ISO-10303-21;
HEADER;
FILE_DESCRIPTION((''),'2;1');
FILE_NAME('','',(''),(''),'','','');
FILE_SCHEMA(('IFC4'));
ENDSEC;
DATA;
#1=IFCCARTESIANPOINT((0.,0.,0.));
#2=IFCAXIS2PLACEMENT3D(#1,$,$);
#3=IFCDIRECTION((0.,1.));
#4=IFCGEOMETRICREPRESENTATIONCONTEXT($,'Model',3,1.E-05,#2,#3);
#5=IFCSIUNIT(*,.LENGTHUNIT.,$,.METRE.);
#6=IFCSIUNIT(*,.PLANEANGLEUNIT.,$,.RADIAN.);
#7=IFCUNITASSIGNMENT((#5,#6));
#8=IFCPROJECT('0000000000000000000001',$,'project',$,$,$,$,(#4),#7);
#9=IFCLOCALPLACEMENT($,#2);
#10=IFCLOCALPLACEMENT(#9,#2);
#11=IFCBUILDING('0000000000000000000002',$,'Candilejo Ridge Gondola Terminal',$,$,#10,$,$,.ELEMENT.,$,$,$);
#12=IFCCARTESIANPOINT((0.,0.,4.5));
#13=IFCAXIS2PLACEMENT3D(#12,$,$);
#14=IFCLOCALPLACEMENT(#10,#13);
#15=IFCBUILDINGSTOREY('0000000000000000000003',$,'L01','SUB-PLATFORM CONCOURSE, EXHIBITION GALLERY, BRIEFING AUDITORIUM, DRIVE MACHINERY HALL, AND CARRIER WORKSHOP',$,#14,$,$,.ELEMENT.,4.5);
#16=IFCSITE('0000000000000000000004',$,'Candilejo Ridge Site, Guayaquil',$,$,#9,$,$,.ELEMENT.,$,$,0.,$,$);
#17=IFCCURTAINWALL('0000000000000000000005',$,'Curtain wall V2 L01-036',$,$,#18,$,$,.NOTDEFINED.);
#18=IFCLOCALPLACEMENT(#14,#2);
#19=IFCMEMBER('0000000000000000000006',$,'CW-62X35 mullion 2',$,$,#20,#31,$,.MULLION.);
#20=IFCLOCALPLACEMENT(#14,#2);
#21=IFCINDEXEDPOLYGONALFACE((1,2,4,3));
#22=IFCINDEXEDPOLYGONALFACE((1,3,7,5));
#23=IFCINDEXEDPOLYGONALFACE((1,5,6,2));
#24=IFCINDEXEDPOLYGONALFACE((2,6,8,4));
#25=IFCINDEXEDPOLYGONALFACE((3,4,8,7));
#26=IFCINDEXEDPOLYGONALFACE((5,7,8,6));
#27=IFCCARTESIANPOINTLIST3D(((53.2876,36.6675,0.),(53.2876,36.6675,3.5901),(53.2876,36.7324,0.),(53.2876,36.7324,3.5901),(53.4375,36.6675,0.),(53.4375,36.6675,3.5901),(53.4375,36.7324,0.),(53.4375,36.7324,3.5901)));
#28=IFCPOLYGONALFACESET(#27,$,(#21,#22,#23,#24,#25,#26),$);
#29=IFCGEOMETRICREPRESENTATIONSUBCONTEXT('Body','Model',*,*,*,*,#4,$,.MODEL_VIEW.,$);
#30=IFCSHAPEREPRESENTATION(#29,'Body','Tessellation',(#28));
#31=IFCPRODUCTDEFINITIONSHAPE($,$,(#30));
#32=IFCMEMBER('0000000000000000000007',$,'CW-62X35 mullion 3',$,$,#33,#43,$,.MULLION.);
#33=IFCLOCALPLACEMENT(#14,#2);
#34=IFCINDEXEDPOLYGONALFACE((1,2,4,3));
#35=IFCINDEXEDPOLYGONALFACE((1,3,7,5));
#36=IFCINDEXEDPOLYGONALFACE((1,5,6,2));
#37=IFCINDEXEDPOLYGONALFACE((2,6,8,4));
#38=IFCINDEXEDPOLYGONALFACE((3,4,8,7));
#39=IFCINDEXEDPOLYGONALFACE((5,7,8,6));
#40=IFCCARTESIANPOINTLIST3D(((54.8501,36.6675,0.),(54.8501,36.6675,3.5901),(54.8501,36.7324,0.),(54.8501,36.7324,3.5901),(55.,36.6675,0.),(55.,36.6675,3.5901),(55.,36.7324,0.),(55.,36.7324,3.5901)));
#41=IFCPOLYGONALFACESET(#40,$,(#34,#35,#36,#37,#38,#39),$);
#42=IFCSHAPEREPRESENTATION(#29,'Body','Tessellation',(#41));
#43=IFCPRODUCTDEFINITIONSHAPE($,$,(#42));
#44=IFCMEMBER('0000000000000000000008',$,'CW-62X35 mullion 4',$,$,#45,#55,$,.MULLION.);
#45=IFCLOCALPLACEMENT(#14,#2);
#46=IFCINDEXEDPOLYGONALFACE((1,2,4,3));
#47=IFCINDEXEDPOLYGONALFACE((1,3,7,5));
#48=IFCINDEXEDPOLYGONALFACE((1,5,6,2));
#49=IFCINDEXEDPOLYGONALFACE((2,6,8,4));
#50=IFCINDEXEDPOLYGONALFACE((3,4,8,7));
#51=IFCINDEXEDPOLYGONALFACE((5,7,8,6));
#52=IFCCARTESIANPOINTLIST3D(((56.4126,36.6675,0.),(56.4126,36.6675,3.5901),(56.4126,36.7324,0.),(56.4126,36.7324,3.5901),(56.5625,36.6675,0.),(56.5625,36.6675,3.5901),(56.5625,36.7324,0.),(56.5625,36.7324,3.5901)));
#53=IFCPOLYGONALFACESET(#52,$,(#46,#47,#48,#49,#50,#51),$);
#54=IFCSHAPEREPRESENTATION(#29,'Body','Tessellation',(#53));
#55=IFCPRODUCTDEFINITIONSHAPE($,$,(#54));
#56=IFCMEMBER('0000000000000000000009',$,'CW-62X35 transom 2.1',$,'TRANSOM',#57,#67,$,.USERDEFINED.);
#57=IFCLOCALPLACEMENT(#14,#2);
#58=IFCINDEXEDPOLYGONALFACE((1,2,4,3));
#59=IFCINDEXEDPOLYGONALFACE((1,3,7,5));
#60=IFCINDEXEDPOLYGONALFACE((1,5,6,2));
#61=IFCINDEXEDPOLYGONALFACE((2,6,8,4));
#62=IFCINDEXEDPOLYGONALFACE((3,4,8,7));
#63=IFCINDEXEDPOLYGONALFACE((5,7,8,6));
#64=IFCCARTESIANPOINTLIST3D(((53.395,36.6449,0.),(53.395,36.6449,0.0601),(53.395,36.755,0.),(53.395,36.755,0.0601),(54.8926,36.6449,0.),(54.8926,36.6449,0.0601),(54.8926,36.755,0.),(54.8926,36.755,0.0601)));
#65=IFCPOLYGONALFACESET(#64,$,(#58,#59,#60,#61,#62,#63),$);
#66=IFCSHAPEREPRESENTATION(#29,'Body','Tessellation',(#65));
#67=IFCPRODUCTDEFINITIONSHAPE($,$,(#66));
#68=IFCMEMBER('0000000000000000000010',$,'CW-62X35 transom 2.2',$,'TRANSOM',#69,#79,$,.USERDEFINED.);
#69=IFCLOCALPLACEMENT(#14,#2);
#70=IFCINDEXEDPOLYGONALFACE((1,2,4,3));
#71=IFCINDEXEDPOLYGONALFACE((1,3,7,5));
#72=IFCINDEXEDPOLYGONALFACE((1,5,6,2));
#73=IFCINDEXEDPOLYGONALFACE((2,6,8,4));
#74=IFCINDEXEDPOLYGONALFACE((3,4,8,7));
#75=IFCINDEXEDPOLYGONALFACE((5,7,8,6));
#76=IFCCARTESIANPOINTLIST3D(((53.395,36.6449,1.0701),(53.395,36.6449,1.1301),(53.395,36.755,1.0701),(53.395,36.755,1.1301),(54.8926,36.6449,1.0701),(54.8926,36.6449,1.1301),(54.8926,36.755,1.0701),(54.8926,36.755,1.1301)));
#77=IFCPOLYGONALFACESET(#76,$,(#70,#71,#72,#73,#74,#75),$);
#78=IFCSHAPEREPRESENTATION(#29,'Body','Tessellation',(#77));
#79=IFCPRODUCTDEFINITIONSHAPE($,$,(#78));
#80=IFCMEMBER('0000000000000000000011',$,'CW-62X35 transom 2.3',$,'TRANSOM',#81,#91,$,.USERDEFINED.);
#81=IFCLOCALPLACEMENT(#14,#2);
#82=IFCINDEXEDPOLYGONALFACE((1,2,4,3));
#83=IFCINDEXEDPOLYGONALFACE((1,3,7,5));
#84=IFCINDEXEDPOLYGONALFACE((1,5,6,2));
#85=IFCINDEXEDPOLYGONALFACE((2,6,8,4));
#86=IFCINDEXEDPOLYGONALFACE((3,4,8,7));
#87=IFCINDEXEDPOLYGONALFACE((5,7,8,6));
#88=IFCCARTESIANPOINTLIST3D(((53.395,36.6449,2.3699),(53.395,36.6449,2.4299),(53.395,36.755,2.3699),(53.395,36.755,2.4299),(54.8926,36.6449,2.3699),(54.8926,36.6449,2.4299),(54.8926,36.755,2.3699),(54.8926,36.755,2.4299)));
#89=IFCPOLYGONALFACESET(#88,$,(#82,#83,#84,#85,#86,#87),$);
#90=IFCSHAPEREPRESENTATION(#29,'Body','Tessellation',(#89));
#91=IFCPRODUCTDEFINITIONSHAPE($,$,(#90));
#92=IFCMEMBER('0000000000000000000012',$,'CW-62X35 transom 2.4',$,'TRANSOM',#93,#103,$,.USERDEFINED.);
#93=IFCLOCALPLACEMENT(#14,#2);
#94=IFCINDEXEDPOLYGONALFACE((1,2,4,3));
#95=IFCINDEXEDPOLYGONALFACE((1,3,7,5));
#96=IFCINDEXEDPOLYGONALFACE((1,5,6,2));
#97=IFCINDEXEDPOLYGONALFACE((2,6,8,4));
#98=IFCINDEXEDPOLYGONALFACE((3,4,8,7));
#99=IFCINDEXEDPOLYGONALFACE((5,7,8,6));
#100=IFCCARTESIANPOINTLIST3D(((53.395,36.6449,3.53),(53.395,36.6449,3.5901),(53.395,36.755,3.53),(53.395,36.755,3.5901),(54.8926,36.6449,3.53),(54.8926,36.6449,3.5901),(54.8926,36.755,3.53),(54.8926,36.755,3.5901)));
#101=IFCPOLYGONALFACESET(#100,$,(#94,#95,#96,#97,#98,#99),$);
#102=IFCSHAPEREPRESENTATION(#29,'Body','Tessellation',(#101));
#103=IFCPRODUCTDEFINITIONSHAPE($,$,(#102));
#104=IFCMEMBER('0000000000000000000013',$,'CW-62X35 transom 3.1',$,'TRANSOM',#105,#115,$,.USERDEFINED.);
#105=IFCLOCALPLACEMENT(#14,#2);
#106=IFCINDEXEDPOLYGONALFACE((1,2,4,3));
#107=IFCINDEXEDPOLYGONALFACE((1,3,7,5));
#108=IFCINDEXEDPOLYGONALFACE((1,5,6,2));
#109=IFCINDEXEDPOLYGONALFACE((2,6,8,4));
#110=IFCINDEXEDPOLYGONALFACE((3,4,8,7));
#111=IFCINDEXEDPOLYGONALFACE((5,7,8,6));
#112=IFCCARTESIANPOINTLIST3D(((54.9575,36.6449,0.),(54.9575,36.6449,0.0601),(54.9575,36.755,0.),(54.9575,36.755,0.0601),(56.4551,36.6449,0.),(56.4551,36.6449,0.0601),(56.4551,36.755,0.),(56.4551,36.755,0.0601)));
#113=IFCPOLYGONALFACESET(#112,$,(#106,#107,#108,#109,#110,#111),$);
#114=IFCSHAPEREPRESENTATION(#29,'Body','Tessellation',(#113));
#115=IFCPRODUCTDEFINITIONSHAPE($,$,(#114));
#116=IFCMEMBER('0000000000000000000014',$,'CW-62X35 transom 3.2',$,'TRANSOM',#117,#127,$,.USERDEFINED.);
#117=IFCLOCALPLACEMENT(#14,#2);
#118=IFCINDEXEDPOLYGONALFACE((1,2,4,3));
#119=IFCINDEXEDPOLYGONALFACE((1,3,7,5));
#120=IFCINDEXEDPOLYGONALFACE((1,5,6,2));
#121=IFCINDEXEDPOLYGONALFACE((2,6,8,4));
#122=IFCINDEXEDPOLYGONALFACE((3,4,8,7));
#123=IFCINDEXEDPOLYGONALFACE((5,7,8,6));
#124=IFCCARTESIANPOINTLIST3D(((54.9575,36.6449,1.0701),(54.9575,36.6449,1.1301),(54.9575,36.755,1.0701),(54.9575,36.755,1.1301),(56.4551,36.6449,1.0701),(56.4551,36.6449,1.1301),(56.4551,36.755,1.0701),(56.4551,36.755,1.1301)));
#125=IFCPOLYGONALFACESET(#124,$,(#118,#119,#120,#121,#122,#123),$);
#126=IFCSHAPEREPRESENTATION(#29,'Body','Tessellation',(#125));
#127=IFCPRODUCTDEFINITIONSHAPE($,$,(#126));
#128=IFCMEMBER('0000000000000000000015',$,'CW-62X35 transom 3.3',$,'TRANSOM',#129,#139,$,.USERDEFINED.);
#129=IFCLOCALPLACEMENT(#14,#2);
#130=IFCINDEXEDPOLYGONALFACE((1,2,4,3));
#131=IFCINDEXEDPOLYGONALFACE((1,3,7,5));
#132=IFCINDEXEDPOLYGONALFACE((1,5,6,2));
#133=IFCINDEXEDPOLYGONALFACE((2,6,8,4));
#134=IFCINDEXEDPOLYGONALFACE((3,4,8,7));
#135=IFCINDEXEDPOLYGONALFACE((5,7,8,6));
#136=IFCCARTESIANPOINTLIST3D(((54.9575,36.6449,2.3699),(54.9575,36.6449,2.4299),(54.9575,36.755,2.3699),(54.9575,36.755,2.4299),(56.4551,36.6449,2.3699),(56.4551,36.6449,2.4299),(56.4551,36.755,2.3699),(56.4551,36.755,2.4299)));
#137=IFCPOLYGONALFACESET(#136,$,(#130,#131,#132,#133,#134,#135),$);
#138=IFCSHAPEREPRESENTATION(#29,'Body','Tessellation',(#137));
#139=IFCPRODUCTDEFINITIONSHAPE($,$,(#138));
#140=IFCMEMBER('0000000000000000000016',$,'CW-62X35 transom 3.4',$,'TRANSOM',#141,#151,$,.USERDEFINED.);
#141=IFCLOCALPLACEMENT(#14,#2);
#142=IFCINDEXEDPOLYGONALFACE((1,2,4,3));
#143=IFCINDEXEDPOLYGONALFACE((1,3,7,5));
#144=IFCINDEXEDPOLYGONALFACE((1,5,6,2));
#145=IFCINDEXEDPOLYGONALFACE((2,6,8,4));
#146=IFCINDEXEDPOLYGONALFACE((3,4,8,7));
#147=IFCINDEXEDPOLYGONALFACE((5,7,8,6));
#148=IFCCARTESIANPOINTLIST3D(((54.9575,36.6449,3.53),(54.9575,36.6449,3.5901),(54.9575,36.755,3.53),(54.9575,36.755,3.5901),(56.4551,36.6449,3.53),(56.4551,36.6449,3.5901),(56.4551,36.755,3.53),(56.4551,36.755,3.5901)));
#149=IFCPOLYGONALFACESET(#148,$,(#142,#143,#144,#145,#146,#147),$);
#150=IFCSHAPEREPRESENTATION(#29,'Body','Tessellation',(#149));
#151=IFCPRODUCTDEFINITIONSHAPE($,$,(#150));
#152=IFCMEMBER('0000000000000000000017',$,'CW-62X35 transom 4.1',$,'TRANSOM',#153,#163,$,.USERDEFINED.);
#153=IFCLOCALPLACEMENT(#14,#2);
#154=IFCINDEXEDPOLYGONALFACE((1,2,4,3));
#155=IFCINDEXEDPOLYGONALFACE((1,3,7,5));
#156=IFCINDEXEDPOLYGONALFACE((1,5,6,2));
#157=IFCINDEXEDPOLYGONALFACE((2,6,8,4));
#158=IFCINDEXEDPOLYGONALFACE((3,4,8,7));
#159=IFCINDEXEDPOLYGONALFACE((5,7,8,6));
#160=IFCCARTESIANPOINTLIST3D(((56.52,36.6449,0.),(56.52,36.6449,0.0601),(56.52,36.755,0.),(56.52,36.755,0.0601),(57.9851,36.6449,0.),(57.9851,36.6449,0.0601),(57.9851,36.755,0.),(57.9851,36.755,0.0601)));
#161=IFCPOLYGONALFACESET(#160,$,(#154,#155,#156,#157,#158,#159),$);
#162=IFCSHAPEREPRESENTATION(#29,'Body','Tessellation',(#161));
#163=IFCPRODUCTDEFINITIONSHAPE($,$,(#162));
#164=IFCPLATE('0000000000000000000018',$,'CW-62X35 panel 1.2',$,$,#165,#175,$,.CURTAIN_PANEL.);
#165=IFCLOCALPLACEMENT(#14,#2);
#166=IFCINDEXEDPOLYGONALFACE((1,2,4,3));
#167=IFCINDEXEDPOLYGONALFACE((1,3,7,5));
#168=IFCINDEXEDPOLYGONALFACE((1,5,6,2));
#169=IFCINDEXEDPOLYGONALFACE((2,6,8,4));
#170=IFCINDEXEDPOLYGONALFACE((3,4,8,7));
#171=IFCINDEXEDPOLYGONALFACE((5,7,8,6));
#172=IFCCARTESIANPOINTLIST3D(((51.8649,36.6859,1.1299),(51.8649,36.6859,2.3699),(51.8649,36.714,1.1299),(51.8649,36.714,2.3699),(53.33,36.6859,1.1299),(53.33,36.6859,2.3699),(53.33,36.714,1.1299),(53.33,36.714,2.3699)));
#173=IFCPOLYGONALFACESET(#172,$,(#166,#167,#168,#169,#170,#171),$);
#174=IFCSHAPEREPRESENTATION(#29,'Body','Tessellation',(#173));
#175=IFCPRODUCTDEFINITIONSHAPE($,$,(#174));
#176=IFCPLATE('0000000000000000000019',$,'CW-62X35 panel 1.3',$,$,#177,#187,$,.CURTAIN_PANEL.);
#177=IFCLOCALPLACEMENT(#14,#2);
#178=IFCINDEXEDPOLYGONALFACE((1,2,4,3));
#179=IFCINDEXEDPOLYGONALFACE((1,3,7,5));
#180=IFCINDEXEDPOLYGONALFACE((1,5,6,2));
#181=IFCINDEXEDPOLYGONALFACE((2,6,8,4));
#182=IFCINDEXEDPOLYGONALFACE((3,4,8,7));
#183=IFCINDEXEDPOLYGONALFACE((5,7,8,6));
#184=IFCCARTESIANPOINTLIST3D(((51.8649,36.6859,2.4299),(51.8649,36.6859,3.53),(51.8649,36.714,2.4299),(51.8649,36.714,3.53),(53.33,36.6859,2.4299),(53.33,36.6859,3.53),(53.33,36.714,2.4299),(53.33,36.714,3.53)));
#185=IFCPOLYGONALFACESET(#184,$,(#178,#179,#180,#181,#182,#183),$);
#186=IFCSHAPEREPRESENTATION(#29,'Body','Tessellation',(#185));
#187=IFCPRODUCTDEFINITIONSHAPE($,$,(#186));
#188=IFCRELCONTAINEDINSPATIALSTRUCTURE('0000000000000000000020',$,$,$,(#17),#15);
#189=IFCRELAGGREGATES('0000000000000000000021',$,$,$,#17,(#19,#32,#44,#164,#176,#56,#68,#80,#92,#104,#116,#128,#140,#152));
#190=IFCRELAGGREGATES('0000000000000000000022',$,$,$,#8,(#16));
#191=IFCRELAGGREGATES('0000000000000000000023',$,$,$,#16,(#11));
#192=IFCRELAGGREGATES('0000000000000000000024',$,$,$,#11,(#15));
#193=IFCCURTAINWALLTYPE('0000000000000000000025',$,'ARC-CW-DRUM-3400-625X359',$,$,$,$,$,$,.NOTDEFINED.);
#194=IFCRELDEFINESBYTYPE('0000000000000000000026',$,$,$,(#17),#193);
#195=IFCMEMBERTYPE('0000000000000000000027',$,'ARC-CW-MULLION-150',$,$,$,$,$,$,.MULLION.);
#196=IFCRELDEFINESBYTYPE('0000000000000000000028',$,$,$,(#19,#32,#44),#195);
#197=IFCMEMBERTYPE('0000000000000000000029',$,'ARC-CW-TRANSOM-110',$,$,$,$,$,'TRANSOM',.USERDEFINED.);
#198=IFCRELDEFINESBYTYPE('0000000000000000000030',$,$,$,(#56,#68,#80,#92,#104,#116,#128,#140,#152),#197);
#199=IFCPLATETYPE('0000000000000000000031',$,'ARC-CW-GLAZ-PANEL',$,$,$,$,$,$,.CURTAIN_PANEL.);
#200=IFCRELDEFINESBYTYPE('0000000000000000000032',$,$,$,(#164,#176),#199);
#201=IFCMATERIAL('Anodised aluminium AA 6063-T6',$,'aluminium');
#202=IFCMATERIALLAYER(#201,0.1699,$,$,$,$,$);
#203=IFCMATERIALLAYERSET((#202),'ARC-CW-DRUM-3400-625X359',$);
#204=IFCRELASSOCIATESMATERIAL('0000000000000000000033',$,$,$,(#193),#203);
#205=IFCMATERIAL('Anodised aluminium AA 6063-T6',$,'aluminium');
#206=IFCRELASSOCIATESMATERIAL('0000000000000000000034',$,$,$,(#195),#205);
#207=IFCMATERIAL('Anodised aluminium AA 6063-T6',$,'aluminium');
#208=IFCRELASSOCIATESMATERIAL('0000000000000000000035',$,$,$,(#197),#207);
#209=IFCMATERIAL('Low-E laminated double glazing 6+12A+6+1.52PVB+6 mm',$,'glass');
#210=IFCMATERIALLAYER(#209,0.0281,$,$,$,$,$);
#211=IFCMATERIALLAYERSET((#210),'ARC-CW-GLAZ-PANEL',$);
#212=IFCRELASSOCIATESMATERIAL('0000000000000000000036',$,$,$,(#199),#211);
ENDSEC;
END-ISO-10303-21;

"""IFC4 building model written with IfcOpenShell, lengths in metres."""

from ifc_helpers import new_model, si_unit, direction, frame, origin, origin_2d, place, context, subcontext, project, spatial, rectangle, extrude, material, layer, layer_set, material_profile, profile_set, type_object, element, aggregate, save


model = new_model("IFC4")

# Units and contexts
model_context = context("Model", 3, precision=1e-05, world=origin(), true_north=direction((0.0, 1.0)))
body_context = subcontext(model_context, "Body", "Model", "MODEL_VIEW")
ifc_project = project(units=[si_unit("LENGTHUNIT", "METRE"), si_unit("PLANEANGLEUNIT", "RADIAN")], contexts=[model_context])

# Site, building, storey
site_placement = place(None, origin())
site = spatial("IfcSite", under=ifc_project, at=site_placement, Name="Candilejo Ridge Site, Guayaquil", CompositionType="ELEMENT", RefElevation=0.0)
building_placement = place(site_placement, origin())
building = spatial("IfcBuilding", under=site, at=building_placement, Name="Candilejo Ridge Gondola Terminal", CompositionType="ELEMENT")
storey_placement = place(building_placement, frame((0.0, 0.0, 4.5)))
storey = spatial("IfcBuildingStorey", under=building, at=storey_placement, Name="L01", Description="SUB-PLATFORM CONCOURSE, EXHIBITION GALLERY, BRIEFING AUDITORIUM, DRIVE MACHINERY HALL, AND CARRIER WORKSHOP", CompositionType="ELEMENT", Elevation=4.5)

# Curtain wall, members, plates
ifc_material_1 = material(Name="Anodised aluminium AA 6063-T6", Category="aluminium")
ifc_layer_1 = layer(ifc_material_1, 0.1699)
ifc_layer_set_1 = layer_set([ifc_layer_1], Name="ARC-CW-DRUM-3400-625X359")
curtain_wall_type = type_object("IfcCurtainWallType", Name="ARC-CW-DRUM-3400-625X359", PredefinedType="NOTDEFINED", material=ifc_layer_set_1)
curtain_wall_placement = place(storey_placement, origin())
curtain_wall = element("IfcCurtainWall", 1, at=curtain_wall_placement, inside=storey, type_object=curtain_wall_type, Name="Curtain wall V2 L01-036", PredefinedType="NOTDEFINED")
ifc_material_2 = material(Name="Anodised aluminium AA 6063-T6", Category="aluminium")
ifc_material_profile_1 = material_profile(ifc_material_2, rectangle(XDim=0.0649, YDim=0.1499, at=origin_2d()))
ifc_profile_set_1 = profile_set([ifc_material_profile_1], Name="Anodised aluminium AA 6063-T6")
member_type_1 = type_object("IfcMemberType", Name="ARC-CW-MULLION-150", PredefinedType="MULLION", material=ifc_profile_set_1)
member_1_placement = place(storey_placement, frame((53.3625, 36.7, 0.0), z_axis=(0.0, 0.0, 1.0), x_axis=(0.0, 1.0, 0.0)))
member_1 = element("IfcMember", 2, at=member_1_placement, type_object=member_type_1, Name="CW-62X35 mullion 2", PredefinedType="MULLION", context=body_context, shape_type="SweptSolid", body=[
    extrude(rectangle(XDim=0.0649, YDim=0.1499, at=origin_2d()), origin(), (0.0, 0.0, 1.0), 3.5901),
])
member_2_placement = place(storey_placement, frame((54.925, 36.7, 0.0), z_axis=(0.0, 0.0, 1.0), x_axis=(0.0, 1.0, 0.0)))
member_2 = element("IfcMember", 3, at=member_2_placement, type_object=member_type_1, Name="CW-62X35 mullion 3", PredefinedType="MULLION", context=body_context, shape_type="SweptSolid", body=[
    extrude(rectangle(XDim=0.0649, YDim=0.1499, at=origin_2d()), origin(), (0.0, 0.0, 1.0), 3.5901),
])
member_3_placement = place(storey_placement, frame((56.4875, 36.7, 0.0), z_axis=(0.0, 0.0, 1.0), x_axis=(0.0, 1.0, 0.0)))
member_3 = element("IfcMember", 4, at=member_3_placement, type_object=member_type_1, Name="CW-62X35 mullion 4", PredefinedType="MULLION", context=body_context, shape_type="SweptSolid", body=[
    extrude(rectangle(XDim=0.0649, YDim=0.1499, at=origin_2d()), origin(), (0.0, 0.0, 1.0), 3.5901),
])
ifc_material_3 = material(Name="Anodised aluminium AA 6063-T6", Category="aluminium")
ifc_material_profile_2 = material_profile(ifc_material_3, rectangle(XDim=0.1101, YDim=0.0601, at=origin_2d()))
ifc_profile_set_2 = profile_set([ifc_material_profile_2], Name="Anodised aluminium AA 6063-T6")
member_type_2 = type_object("IfcMemberType", Name="ARC-CW-TRANSOM-110", ElementType="TRANSOM", PredefinedType="USERDEFINED", material=ifc_profile_set_2)
member_4_placement = place(storey_placement, frame((53.395, 36.7, 0.03), z_axis=(1.0, 0.0, 0.0), x_axis=(0.0, 1.0, 0.0)))
member_4 = element("IfcMember", 5, at=member_4_placement, type_object=member_type_2, Name="CW-62X35 transom 2.1", ObjectType="TRANSOM", PredefinedType="USERDEFINED", context=body_context, shape_type="SweptSolid", body=[
    extrude(rectangle(XDim=0.1101, YDim=0.0601, at=origin_2d()), origin(), (0.0, 0.0, 1.0), 1.4976),
])
member_5_placement = place(storey_placement, frame((53.395, 36.7, 1.1001), z_axis=(1.0, 0.0, 0.0), x_axis=(0.0, 1.0, 0.0)))
member_5 = element("IfcMember", 6, at=member_5_placement, type_object=member_type_2, Name="CW-62X35 transom 2.2", ObjectType="TRANSOM", PredefinedType="USERDEFINED", context=body_context, shape_type="SweptSolid", body=[
    extrude(rectangle(XDim=0.1101, YDim=0.0601, at=origin_2d()), origin(), (0.0, 0.0, 1.0), 1.4976),
])
member_6_placement = place(storey_placement, frame((53.395, 36.7, 2.3999), z_axis=(1.0, 0.0, 0.0), x_axis=(0.0, 1.0, 0.0)))
member_6 = element("IfcMember", 7, at=member_6_placement, type_object=member_type_2, Name="CW-62X35 transom 2.3", ObjectType="TRANSOM", PredefinedType="USERDEFINED", context=body_context, shape_type="SweptSolid", body=[
    extrude(rectangle(XDim=0.1101, YDim=0.0601, at=origin_2d()), origin(), (0.0, 0.0, 1.0), 1.4976),
])
member_7_placement = place(storey_placement, frame((53.395, 36.7, 3.5601), z_axis=(1.0, 0.0, 0.0), x_axis=(0.0, 1.0, 0.0)))
member_7 = element("IfcMember", 8, at=member_7_placement, type_object=member_type_2, Name="CW-62X35 transom 2.4", ObjectType="TRANSOM", PredefinedType="USERDEFINED", context=body_context, shape_type="SweptSolid", body=[
    extrude(rectangle(XDim=0.1101, YDim=0.0601, at=origin_2d()), origin(), (0.0, 0.0, 1.0), 1.4976),
])
member_8_placement = place(storey_placement, frame((54.9575, 36.7, 0.03), z_axis=(1.0, 0.0, 0.0), x_axis=(0.0, 1.0, 0.0)))
member_8 = element("IfcMember", 9, at=member_8_placement, type_object=member_type_2, Name="CW-62X35 transom 3.1", ObjectType="TRANSOM", PredefinedType="USERDEFINED", context=body_context, shape_type="SweptSolid", body=[
    extrude(rectangle(XDim=0.1101, YDim=0.0601, at=origin_2d()), origin(), (0.0, 0.0, 1.0), 1.4976),
])
member_9_placement = place(storey_placement, frame((54.9575, 36.7, 1.1001), z_axis=(1.0, 0.0, 0.0), x_axis=(0.0, 1.0, 0.0)))
member_9 = element("IfcMember", 10, at=member_9_placement, type_object=member_type_2, Name="CW-62X35 transom 3.2", ObjectType="TRANSOM", PredefinedType="USERDEFINED", context=body_context, shape_type="SweptSolid", body=[
    extrude(rectangle(XDim=0.1101, YDim=0.0601, at=origin_2d()), origin(), (0.0, 0.0, 1.0), 1.4976),
])
member_10_placement = place(storey_placement, frame((54.9575, 36.7, 2.3999), z_axis=(1.0, 0.0, 0.0), x_axis=(0.0, 1.0, 0.0)))
member_10 = element("IfcMember", 11, at=member_10_placement, type_object=member_type_2, Name="CW-62X35 transom 3.3", ObjectType="TRANSOM", PredefinedType="USERDEFINED", context=body_context, shape_type="SweptSolid", body=[
    extrude(rectangle(XDim=0.1101, YDim=0.0601, at=origin_2d()), origin(), (0.0, 0.0, 1.0), 1.4976),
])
member_11_placement = place(storey_placement, frame((54.9575, 36.7, 3.5601), z_axis=(1.0, 0.0, 0.0), x_axis=(0.0, 1.0, 0.0)))
member_11 = element("IfcMember", 12, at=member_11_placement, type_object=member_type_2, Name="CW-62X35 transom 3.4", ObjectType="TRANSOM", PredefinedType="USERDEFINED", context=body_context, shape_type="SweptSolid", body=[
    extrude(rectangle(XDim=0.1101, YDim=0.0601, at=origin_2d()), origin(), (0.0, 0.0, 1.0), 1.4976),
])
member_12_placement = place(storey_placement, frame((56.52, 36.7, 0.03), z_axis=(1.0, 0.0, 0.0), x_axis=(0.0, 1.0, 0.0)))
member_12 = element("IfcMember", 13, at=member_12_placement, type_object=member_type_2, Name="CW-62X35 transom 4.1", ObjectType="TRANSOM", PredefinedType="USERDEFINED", context=body_context, shape_type="SweptSolid", body=[
    extrude(rectangle(XDim=0.1101, YDim=0.0601, at=origin_2d()), origin(), (0.0, 0.0, 1.0), 1.4651),
])
ifc_material_4 = material(Name="Low-E laminated double glazing 6+12A+6+1.52PVB+6 mm", Category="glass")
ifc_layer_2 = layer(ifc_material_4, 0.0281)
ifc_layer_set_2 = layer_set([ifc_layer_2], Name="ARC-CW-GLAZ-PANEL")
plate_type = type_object("IfcPlateType", Name="ARC-CW-GLAZ-PANEL", PredefinedType="CURTAIN_PANEL", material=ifc_layer_set_2)
plate_1_placement = place(storey_placement, frame((52.5974, 36.7, 1.1299), z_axis=(0.0, 0.0, 1.0), x_axis=(1.0, 0.0, 0.0)))
plate_1 = element("IfcPlate", 14, at=plate_1_placement, type_object=plate_type, Name="CW-62X35 panel 1.2", PredefinedType="CURTAIN_PANEL", context=body_context, shape_type="SweptSolid", body=[
    extrude(rectangle(XDim=1.4651, YDim=0.0281, at=origin_2d()), origin(), (0.0, 0.0, 1.0), 1.24),
])
plate_2_placement = place(storey_placement, frame((52.5974, 36.7, 2.4299), z_axis=(0.0, 0.0, 1.0), x_axis=(1.0, 0.0, 0.0)))
plate_2 = element("IfcPlate", 15, at=plate_2_placement, type_object=plate_type, Name="CW-62X35 panel 1.3", PredefinedType="CURTAIN_PANEL", context=body_context, shape_type="SweptSolid", body=[
    extrude(rectangle(XDim=1.4651, YDim=0.0281, at=origin_2d()), origin(), (0.0, 0.0, 1.0), 1.1001),
])
aggregate(curtain_wall, [member_1, member_2, member_3, plate_1, plate_2, member_4, member_5, member_6, member_7, member_8, member_9, member_10, member_11, member_12])

save(model, "model.ifc")
